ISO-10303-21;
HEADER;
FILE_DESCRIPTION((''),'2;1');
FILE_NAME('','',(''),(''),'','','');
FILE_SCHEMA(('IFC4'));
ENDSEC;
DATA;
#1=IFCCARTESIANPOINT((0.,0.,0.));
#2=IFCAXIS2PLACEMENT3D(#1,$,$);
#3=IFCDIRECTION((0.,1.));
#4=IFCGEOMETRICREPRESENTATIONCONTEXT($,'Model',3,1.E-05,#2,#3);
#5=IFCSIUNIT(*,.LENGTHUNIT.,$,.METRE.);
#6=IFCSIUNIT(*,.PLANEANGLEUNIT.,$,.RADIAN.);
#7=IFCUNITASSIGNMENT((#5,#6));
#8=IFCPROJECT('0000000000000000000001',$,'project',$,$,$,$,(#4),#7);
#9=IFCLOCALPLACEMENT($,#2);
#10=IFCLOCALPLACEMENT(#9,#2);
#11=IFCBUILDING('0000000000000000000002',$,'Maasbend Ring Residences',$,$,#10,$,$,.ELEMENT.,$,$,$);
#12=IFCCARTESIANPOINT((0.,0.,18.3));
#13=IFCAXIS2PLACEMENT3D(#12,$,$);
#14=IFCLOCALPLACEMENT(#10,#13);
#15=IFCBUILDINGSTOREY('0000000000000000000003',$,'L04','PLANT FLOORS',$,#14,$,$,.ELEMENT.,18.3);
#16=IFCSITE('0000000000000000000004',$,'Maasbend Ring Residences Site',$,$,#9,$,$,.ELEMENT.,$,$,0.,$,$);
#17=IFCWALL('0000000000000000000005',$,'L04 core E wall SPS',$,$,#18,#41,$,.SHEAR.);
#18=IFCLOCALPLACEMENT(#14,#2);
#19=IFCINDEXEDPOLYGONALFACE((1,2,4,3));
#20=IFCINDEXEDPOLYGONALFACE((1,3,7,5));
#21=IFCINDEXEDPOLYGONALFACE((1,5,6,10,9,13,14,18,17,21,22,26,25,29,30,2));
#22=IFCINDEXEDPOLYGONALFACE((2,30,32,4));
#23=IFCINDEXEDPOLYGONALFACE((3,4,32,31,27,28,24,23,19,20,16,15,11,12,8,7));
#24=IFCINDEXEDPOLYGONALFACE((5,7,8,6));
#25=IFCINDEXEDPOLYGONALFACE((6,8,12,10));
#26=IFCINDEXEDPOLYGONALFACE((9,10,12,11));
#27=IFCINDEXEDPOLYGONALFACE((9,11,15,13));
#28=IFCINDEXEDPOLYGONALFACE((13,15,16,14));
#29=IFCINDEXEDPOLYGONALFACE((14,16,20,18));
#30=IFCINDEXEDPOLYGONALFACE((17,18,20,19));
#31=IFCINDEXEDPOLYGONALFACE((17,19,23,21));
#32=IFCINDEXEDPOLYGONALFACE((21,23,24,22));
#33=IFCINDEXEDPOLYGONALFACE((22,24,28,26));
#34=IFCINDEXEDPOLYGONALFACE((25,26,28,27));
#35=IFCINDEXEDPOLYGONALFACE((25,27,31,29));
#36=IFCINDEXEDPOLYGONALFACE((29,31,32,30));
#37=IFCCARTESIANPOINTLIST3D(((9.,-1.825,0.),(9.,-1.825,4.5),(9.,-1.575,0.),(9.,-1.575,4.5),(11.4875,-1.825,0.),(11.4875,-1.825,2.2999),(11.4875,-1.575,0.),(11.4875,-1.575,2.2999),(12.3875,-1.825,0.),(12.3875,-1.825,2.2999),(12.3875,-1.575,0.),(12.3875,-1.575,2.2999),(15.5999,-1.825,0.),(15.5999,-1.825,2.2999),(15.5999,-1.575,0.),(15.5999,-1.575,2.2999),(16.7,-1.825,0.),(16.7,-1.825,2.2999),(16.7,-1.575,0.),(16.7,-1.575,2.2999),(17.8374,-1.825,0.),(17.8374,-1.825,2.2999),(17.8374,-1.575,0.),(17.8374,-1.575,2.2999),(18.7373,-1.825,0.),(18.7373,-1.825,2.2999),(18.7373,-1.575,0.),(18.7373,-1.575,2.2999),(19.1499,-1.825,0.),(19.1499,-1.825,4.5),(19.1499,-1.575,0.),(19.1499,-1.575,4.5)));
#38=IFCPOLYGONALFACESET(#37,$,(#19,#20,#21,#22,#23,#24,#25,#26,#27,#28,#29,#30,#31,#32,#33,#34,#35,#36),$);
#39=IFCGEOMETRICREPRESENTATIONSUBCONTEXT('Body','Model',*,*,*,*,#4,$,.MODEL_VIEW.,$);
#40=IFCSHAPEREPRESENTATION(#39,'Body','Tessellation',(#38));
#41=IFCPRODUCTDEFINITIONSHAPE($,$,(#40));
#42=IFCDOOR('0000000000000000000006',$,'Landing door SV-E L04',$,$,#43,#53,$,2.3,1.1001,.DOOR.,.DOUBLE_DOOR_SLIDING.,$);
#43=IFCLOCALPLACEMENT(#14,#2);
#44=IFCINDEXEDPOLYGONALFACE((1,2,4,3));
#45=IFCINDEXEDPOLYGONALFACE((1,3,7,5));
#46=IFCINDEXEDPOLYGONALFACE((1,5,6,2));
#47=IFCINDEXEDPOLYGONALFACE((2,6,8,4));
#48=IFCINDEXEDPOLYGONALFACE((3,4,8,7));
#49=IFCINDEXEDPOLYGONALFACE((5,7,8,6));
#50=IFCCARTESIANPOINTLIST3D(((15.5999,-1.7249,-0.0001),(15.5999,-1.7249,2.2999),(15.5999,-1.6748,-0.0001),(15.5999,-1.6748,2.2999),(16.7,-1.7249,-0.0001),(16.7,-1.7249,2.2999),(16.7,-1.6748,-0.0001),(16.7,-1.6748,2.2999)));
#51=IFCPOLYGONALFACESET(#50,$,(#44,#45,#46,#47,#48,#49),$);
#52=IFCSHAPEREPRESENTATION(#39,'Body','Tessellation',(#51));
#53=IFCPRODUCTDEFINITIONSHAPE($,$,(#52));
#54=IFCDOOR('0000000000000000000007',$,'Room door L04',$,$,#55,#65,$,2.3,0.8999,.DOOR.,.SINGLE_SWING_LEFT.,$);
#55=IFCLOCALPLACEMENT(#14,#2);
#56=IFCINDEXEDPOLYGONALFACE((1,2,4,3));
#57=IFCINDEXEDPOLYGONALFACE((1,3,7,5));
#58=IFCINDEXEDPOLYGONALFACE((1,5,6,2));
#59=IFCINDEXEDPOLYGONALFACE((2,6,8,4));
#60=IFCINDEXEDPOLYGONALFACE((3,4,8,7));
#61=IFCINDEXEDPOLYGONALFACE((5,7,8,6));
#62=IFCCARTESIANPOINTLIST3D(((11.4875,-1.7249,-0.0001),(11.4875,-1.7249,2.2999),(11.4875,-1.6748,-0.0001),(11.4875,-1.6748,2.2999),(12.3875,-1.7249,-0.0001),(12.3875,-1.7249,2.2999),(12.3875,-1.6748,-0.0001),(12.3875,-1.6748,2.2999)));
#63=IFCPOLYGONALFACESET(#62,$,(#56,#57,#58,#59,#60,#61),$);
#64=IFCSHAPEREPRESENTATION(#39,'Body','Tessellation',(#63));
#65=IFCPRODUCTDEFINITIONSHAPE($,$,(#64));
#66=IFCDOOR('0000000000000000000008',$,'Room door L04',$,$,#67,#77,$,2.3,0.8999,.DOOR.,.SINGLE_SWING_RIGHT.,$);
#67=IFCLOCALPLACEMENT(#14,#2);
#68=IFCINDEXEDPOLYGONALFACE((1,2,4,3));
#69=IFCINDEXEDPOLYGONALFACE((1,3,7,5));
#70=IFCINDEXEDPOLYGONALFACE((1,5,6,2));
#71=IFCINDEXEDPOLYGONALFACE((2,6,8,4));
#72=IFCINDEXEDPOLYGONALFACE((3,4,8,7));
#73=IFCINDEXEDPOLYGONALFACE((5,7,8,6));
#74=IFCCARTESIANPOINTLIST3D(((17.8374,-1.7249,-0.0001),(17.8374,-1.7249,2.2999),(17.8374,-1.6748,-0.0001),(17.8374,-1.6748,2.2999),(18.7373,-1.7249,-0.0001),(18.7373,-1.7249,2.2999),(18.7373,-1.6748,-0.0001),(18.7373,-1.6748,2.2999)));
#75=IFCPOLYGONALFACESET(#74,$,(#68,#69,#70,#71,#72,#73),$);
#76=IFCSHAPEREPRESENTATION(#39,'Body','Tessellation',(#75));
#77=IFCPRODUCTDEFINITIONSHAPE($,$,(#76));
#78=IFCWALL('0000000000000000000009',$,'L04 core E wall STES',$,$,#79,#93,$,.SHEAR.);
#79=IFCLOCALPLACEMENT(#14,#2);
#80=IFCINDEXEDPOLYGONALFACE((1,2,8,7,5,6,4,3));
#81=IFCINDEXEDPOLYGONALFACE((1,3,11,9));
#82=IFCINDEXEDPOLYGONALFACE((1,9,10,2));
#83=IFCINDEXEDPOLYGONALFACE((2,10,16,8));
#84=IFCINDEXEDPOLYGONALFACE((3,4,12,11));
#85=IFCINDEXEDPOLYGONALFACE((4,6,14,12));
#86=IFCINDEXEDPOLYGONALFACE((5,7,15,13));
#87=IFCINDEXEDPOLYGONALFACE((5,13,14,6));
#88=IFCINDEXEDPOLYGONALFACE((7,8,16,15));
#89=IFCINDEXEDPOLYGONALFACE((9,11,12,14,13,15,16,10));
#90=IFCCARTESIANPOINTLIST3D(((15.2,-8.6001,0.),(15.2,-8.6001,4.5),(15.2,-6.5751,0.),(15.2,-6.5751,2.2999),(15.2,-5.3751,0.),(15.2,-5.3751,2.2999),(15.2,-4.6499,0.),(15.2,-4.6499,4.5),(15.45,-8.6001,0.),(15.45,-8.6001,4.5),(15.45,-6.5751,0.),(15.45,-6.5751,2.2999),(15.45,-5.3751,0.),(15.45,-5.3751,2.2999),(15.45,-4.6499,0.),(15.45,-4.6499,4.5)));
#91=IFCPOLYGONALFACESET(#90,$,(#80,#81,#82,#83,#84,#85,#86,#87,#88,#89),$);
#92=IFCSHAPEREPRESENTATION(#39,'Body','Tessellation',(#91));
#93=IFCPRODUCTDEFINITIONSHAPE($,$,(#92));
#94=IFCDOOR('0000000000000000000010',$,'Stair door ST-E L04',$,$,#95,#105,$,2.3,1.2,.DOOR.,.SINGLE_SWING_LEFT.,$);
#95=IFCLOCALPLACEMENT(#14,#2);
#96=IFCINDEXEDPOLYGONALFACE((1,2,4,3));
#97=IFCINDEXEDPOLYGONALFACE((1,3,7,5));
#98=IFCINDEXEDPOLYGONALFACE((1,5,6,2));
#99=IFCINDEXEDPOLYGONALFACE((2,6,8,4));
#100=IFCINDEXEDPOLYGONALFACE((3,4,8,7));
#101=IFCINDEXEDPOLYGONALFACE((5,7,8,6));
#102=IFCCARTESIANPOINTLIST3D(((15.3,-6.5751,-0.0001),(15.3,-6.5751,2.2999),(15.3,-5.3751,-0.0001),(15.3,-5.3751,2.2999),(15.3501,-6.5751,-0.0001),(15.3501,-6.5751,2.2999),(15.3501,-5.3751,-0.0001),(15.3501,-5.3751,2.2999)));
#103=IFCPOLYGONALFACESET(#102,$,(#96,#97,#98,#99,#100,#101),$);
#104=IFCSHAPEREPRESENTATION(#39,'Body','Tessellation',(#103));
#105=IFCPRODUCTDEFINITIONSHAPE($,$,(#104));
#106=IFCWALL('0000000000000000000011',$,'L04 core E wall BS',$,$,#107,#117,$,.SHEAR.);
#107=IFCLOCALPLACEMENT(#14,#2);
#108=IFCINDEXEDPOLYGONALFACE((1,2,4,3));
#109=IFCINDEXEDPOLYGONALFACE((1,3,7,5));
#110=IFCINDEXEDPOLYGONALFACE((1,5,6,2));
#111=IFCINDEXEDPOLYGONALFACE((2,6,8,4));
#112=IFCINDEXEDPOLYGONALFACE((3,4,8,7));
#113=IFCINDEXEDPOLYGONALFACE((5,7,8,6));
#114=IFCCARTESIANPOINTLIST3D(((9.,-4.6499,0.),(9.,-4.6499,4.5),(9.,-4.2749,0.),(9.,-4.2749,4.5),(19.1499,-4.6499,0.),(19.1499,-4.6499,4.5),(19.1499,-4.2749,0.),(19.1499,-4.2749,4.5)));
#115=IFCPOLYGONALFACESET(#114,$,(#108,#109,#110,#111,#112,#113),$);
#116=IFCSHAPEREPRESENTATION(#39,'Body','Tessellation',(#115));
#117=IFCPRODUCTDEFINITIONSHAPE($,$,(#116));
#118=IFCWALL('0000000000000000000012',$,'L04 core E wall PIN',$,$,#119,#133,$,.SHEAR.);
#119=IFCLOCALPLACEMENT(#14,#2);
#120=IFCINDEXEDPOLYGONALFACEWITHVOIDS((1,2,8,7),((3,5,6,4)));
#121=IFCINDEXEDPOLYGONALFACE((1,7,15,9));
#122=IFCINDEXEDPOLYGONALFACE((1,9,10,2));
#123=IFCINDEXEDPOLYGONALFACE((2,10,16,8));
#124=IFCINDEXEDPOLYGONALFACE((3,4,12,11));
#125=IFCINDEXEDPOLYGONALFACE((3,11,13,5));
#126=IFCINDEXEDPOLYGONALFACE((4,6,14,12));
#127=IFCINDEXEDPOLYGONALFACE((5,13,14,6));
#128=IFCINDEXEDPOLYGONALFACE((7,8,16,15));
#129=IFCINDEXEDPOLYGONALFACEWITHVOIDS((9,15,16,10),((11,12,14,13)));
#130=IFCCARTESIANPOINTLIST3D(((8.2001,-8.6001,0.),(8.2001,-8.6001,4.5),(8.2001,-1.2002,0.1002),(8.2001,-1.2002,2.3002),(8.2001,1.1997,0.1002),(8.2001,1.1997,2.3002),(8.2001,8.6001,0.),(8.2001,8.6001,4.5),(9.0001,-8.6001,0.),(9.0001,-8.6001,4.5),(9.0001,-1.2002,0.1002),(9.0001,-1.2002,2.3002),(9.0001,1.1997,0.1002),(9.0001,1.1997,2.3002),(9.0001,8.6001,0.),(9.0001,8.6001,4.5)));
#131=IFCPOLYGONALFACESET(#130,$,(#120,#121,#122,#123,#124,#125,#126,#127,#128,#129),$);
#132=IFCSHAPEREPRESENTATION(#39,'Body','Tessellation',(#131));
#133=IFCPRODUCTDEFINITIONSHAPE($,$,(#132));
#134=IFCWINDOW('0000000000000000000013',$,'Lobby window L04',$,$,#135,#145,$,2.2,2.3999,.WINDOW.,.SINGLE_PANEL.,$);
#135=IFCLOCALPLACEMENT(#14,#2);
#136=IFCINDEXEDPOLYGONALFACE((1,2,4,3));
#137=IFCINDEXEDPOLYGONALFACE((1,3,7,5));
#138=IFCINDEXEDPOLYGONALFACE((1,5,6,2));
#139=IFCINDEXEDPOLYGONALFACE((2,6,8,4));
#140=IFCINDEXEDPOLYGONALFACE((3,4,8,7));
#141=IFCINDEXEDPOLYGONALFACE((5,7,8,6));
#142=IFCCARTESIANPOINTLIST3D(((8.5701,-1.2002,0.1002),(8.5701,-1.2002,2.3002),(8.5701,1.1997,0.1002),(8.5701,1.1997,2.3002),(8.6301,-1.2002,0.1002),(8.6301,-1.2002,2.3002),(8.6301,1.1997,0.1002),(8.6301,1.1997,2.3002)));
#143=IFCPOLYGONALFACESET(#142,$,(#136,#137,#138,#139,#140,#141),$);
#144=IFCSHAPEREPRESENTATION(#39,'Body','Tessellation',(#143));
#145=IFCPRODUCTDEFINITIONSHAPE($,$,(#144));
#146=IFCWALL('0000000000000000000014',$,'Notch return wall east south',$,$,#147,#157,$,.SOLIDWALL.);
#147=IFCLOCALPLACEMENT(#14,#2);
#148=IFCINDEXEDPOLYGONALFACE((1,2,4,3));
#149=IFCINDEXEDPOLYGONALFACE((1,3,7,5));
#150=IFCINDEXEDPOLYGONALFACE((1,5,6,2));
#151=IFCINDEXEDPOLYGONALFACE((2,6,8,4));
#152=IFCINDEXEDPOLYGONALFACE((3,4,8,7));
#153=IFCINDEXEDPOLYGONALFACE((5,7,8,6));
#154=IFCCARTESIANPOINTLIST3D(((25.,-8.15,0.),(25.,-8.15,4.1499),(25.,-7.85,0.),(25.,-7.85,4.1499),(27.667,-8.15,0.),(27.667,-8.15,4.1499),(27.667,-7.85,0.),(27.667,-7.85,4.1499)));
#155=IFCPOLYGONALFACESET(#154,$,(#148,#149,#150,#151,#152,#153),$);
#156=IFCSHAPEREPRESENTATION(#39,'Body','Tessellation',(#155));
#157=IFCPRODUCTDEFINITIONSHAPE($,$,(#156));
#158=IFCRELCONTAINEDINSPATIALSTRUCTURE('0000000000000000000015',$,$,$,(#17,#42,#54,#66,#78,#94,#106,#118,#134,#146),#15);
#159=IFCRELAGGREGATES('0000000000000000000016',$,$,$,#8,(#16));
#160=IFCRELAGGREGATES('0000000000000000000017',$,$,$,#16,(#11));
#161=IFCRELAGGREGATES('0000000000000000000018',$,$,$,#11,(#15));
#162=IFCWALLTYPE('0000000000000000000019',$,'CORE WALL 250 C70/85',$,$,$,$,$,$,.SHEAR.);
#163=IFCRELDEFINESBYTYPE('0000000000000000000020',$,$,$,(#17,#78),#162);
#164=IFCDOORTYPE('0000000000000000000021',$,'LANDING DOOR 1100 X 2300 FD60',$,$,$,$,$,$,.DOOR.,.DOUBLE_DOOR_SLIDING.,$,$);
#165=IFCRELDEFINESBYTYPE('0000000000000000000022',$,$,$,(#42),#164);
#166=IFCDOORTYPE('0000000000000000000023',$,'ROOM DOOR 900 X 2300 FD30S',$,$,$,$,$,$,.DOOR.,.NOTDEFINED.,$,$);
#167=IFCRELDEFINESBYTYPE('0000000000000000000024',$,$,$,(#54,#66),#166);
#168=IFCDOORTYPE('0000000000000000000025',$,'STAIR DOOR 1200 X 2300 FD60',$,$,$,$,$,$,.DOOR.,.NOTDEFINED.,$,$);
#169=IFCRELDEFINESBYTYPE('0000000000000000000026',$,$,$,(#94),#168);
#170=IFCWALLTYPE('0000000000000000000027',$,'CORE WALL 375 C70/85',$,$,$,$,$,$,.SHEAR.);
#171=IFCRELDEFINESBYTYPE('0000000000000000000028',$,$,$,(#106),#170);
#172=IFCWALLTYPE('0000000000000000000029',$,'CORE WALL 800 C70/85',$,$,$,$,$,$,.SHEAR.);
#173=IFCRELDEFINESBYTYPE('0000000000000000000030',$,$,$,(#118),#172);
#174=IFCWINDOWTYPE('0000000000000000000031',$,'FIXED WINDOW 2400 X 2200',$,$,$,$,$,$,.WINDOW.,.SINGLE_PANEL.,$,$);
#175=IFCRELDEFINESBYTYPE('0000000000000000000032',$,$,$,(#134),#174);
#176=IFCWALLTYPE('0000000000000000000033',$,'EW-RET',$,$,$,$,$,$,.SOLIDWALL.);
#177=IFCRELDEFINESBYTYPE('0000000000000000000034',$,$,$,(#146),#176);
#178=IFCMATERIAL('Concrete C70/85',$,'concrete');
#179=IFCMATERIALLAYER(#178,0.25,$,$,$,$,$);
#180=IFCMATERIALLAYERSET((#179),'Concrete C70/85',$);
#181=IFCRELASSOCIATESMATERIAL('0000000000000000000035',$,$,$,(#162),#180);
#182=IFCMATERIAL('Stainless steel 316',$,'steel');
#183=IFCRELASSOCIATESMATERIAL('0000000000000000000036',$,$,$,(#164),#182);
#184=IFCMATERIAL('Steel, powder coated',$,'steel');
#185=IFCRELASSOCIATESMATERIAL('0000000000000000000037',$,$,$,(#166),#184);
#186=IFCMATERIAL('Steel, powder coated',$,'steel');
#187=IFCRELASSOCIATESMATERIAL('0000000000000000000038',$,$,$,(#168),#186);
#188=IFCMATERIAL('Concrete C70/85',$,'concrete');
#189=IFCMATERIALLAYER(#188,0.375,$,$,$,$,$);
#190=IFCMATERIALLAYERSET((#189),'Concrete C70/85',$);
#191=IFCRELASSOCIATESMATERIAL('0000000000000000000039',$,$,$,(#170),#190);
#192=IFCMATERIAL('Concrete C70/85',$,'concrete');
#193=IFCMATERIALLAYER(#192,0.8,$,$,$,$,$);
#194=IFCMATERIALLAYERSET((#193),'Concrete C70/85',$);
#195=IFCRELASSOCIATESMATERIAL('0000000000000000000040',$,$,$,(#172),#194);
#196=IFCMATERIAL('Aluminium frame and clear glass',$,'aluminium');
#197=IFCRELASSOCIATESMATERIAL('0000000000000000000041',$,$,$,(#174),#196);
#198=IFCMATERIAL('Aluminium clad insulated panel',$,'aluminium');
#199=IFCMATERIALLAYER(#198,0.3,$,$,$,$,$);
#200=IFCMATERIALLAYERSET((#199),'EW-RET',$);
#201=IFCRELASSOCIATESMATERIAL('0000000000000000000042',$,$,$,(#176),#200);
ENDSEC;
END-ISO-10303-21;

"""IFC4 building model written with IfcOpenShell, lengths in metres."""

from ifc_helpers import new_model, si_unit, direction, frame, frame_2d, origin, place, context, subcontext, project, spatial, rectangle, extrude, material, layer, layer_set, type_object, element, fill, save


model = new_model("IFC4")

# Units and contexts
model_context = context("Model", 3, precision=1e-05, world=origin(), true_north=direction((0.0, 1.0)))
body_context = subcontext(model_context, "Body", "Model", "MODEL_VIEW")
ifc_project = project(units=[si_unit("LENGTHUNIT", "METRE"), si_unit("PLANEANGLEUNIT", "RADIAN")], contexts=[model_context])

# Site, building, storey
site_placement = place(None, origin())
site = spatial("IfcSite", under=ifc_project, at=site_placement, Name="Maasbend Ring Residences Site", CompositionType="ELEMENT", RefElevation=0.0)
building_placement = place(site_placement, origin())
building = spatial("IfcBuilding", under=site, at=building_placement, Name="Maasbend Ring Residences", CompositionType="ELEMENT")
storey_placement = place(building_placement, frame((0.0, 0.0, 18.3)))
storey = spatial("IfcBuildingStorey", under=building, at=storey_placement, Name="L04", Description="PLANT FLOORS", CompositionType="ELEMENT", Elevation=18.3)

# Wall, openings, doors
ifc_material_1 = material(Name="Concrete C70/85", Category="concrete")
ifc_layer_1 = layer(ifc_material_1, 0.25)
ifc_layer_set_1 = layer_set([ifc_layer_1], Name="Concrete C70/85")
wall_type_1 = type_object("IfcWallType", Name="CORE WALL 250 C70/85", PredefinedType="SHEAR", material=ifc_layer_set_1)
wall_1_placement = place(storey_placement, frame((19.1499, -1.7, 0.0), z_axis=(0.0, 0.0, 1.0), x_axis=(-1.0, 0.0, 0.0)))
wall_1 = element("IfcWall", 1, at=wall_1_placement, inside=storey, type_object=wall_type_1, Name="L04 core E wall SPS", PredefinedType="SHEAR", context=body_context, shape_type="SweptSolid", body=[
    extrude(rectangle(XDim=10.1499, YDim=0.25, at=frame_2d((5.075, 0.0))), origin(), (0.0, 0.0, 1.0), 4.5),
])
opening_1_placement = place(wall_1_placement, frame((2.45, 0.0, 0.0)))
opening_1 = element("IfcOpeningElement", 2, at=opening_1_placement, cuts=wall_1, PredefinedType="OPENING", context=body_context, shape_type="SweptSolid", body=[
    extrude(rectangle(XDim=1.1001, YDim=2.3, at=frame_2d((0.55, 1.1499))), frame((0.0, 0.135, 0.0), z_axis=(0.0, -1.0, 0.0), x_axis=(1.0, 0.0, 0.0)), (0.0, 0.0, 1.0), 0.27),
])
opening_2_placement = place(wall_1_placement, frame((6.7625, 0.0, 0.0)))
opening_2 = element("IfcOpeningElement", 3, at=opening_2_placement, cuts=wall_1, PredefinedType="OPENING", context=body_context, shape_type="SweptSolid", body=[
    extrude(rectangle(XDim=0.8999, YDim=2.3, at=frame_2d((0.45, 1.1499))), frame((0.0, 0.135, 0.0), z_axis=(0.0, -1.0, 0.0), x_axis=(1.0, 0.0, 0.0)), (0.0, 0.0, 1.0), 0.27),
])
opening_3_placement = place(wall_1_placement, frame((0.4126, 0.0, 0.0)))
opening_3 = element("IfcOpeningElement", 4, at=opening_3_placement, cuts=wall_1, PredefinedType="OPENING", context=body_context, shape_type="SweptSolid", body=[
    extrude(rectangle(XDim=0.8999, YDim=2.3, at=frame_2d((0.45, 1.1499))), frame((0.0, 0.135, 0.0), z_axis=(0.0, -1.0, 0.0), x_axis=(1.0, 0.0, 0.0)), (0.0, 0.0, 1.0), 0.27),
])
ifc_material_2 = material(Name="Stainless steel 316", Category="steel")
door_type_1 = type_object("IfcDoorType", Name="LANDING DOOR 1100 X 2300 FD60", OperationType="DOUBLE_DOOR_SLIDING", PredefinedType="DOOR", material=ifc_material_2)
door_1_placement = place(opening_1_placement, origin())
door_1 = element("IfcDoor", 5, at=door_1_placement, inside=storey, type_object=door_type_1, Name="Landing door SV-E L04", OperationType="DOUBLE_DOOR_SLIDING", OverallHeight=2.3, OverallWidth=1.1001, PredefinedType="DOOR", context=body_context, shape_type="SweptSolid", body=[
    extrude(rectangle(XDim=1.1001, YDim=2.3, at=frame_2d((0.55, 1.1499))), frame((0.0, 0.0249, 0.0), z_axis=(0.0, -1.0, 0.0), x_axis=(1.0, 0.0, 0.0)), (0.0, 0.0, 1.0), 0.05),
])
fill(opening_1, door_1)
ifc_material_3 = material(Name="Steel, powder coated", Category="steel")
door_type_2 = type_object("IfcDoorType", Name="ROOM DOOR 900 X 2300 FD30S", OperationType="NOTDEFINED", PredefinedType="DOOR", material=ifc_material_3)
door_2_placement = place(opening_2_placement, origin())
door_2 = element("IfcDoor", 6, at=door_2_placement, inside=storey, type_object=door_type_2, Name="Room door L04", OperationType="SINGLE_SWING_LEFT", OverallHeight=2.3, OverallWidth=0.8999, PredefinedType="DOOR", context=body_context, shape_type="SweptSolid", body=[
    extrude(rectangle(XDim=0.8999, YDim=2.3, at=frame_2d((0.45, 1.1499))), frame((0.0, 0.0249, 0.0), z_axis=(0.0, -1.0, 0.0), x_axis=(1.0, 0.0, 0.0)), (0.0, 0.0, 1.0), 0.05),
])
fill(opening_2, door_2)
door_3_placement = place(opening_3_placement, origin())
door_3 = element("IfcDoor", 7, at=door_3_placement, inside=storey, type_object=door_type_2, Name="Room door L04", OperationType="SINGLE_SWING_RIGHT", OverallHeight=2.3, OverallWidth=0.8999, PredefinedType="DOOR", context=body_context, shape_type="SweptSolid", body=[
    extrude(rectangle(XDim=0.8999, YDim=2.3, at=frame_2d((0.45, 1.1499))), frame((0.0, 0.0249, 0.0), z_axis=(0.0, -1.0, 0.0), x_axis=(1.0, 0.0, 0.0)), (0.0, 0.0, 1.0), 0.05),
])
fill(opening_3, door_3)

# Wall, opening, door
wall_2_placement = place(storey_placement, frame((15.325, -8.6001, 0.0), z_axis=(0.0, 0.0, 1.0), x_axis=(0.0, 1.0, 0.0)))
wall_2 = element("IfcWall", 8, at=wall_2_placement, inside=storey, type_object=wall_type_1, Name="L04 core E wall STES", PredefinedType="SHEAR", context=body_context, shape_type="SweptSolid", body=[
    extrude(rectangle(XDim=3.9502, YDim=0.25, at=frame_2d((1.9751, 0.0))), origin(), (0.0, 0.0, 1.0), 4.5),
])
opening_4_placement = place(wall_2_placement, frame((2.0249, 0.0, 0.0)))
opening_4 = element("IfcOpeningElement", 9, at=opening_4_placement, cuts=wall_2, PredefinedType="OPENING", context=body_context, shape_type="SweptSolid", body=[
    extrude(rectangle(XDim=1.2, YDim=2.3, at=frame_2d((0.6001, 1.1499))), frame((0.0, 0.135, 0.0), z_axis=(0.0, -1.0, 0.0), x_axis=(1.0, 0.0, 0.0)), (0.0, 0.0, 1.0), 0.27),
])
ifc_material_4 = material(Name="Steel, powder coated", Category="steel")
door_type_3 = type_object("IfcDoorType", Name="STAIR DOOR 1200 X 2300 FD60", OperationType="NOTDEFINED", PredefinedType="DOOR", material=ifc_material_4)
door_4_placement = place(opening_4_placement, origin())
door_4 = element("IfcDoor", 10, at=door_4_placement, inside=storey, type_object=door_type_3, Name="Stair door ST-E L04", OperationType="SINGLE_SWING_LEFT", OverallHeight=2.3, OverallWidth=1.2, PredefinedType="DOOR", context=body_context, shape_type="SweptSolid", body=[
    extrude(rectangle(XDim=1.2, YDim=2.3, at=frame_2d((0.6001, 1.1499))), frame((0.0, 0.0249, 0.0), z_axis=(0.0, -1.0, 0.0), x_axis=(1.0, 0.0, 0.0)), (0.0, 0.0, 1.0), 0.05),
])
fill(opening_4, door_4)

# Wall
ifc_material_5 = material(Name="Concrete C70/85", Category="concrete")
ifc_layer_2 = layer(ifc_material_5, 0.375)
ifc_layer_set_2 = layer_set([ifc_layer_2], Name="Concrete C70/85")
wall_type_2 = type_object("IfcWallType", Name="CORE WALL 375 C70/85", PredefinedType="SHEAR", material=ifc_layer_set_2)
wall_3_placement = place(storey_placement, frame((9.0, -4.4624, 0.0), z_axis=(0.0, 0.0, 1.0), x_axis=(1.0, 0.0, 0.0)))
element("IfcWall", 11, at=wall_3_placement, inside=storey, type_object=wall_type_2, Name="L04 core E wall BS", PredefinedType="SHEAR", context=body_context, shape_type="SweptSolid", body=[
    extrude(rectangle(XDim=10.1499, YDim=0.375, at=frame_2d((5.075, 0.0))), origin(), (0.0, 0.0, 1.0), 4.5),
])

# Wall, opening, window
ifc_material_6 = material(Name="Concrete C70/85", Category="concrete")
ifc_layer_3 = layer(ifc_material_6, 0.8)
ifc_layer_set_3 = layer_set([ifc_layer_3], Name="Concrete C70/85")
wall_type_3 = type_object("IfcWallType", Name="CORE WALL 800 C70/85", PredefinedType="SHEAR", material=ifc_layer_set_3)
wall_4_placement = place(storey_placement, frame((8.6001, -8.6001, 0.0), z_axis=(0.0, 0.0, 1.0), x_axis=(0.0, 1.0, 0.0)))
wall_4 = element("IfcWall", 12, at=wall_4_placement, inside=storey, type_object=wall_type_3, Name="L04 core E wall PIN", PredefinedType="SHEAR", context=body_context, shape_type="SweptSolid", body=[
    extrude(rectangle(XDim=17.2002, YDim=0.8, at=frame_2d((8.6001, 0.0))), origin(), (0.0, 0.0, 1.0), 4.5),
])
opening_5_placement = place(wall_4_placement, frame((7.3999, 0.0, 0.1001)))
opening_5 = element("IfcOpeningElement", 13, at=opening_5_placement, cuts=wall_4, PredefinedType="OPENING", context=body_context, shape_type="SweptSolid", body=[
    extrude(rectangle(XDim=2.3999, YDim=2.2, at=frame_2d((1.2, 1.1001))), frame((0.0, 0.4102, 0.0), z_axis=(0.0, -1.0, 0.0), x_axis=(1.0, 0.0, 0.0)), (0.0, 0.0, 1.0), 0.8201),
])
ifc_material_7 = material(Name="Aluminium frame and clear glass", Category="aluminium")
window_type_1 = type_object("IfcWindowType", Name="FIXED WINDOW 2400 X 2200", PartitioningType="SINGLE_PANEL", PredefinedType="WINDOW", material=ifc_material_7)
window_1_placement = place(opening_5_placement, origin())
window_1 = element("IfcWindow", 14, at=window_1_placement, inside=storey, type_object=window_type_1, Name="Lobby window L04", OverallHeight=2.2, OverallWidth=2.3999, PartitioningType="SINGLE_PANEL", PredefinedType="WINDOW", context=body_context, shape_type="SweptSolid", body=[
    extrude(rectangle(XDim=2.3999, YDim=2.2, at=frame_2d((1.2, 1.1001))), frame((0.0, 0.03, 0.0), z_axis=(0.0, -1.0, 0.0), x_axis=(1.0, 0.0, 0.0)), (0.0, 0.0, 1.0), 0.0601),
])
fill(opening_5, window_1)

# Wall
ifc_material_8 = material(Name="Aluminium clad insulated panel", Category="aluminium")
ifc_layer_4 = layer(ifc_material_8, 0.3)
ifc_layer_set_4 = layer_set([ifc_layer_4], Name="EW-RET")
wall_type_4 = type_object("IfcWallType", Name="EW-RET", PredefinedType="SOLIDWALL", material=ifc_layer_set_4)
wall_5_placement = place(storey_placement, frame((25.0, -8.0, 0.0), z_axis=(0.0, 0.0, 1.0), x_axis=(1.0, 0.0, 0.0)))
element("IfcWall", 15, at=wall_5_placement, inside=storey, type_object=wall_type_4, Name="Notch return wall east south", PredefinedType="SOLIDWALL", context=body_context, shape_type="SweptSolid", body=[
    extrude(rectangle(XDim=2.667, YDim=0.3, at=frame_2d((1.3335, 0.0))), origin(), (0.0, 0.0, 1.0), 4.1499),
])

save(model, "model.ifc")
